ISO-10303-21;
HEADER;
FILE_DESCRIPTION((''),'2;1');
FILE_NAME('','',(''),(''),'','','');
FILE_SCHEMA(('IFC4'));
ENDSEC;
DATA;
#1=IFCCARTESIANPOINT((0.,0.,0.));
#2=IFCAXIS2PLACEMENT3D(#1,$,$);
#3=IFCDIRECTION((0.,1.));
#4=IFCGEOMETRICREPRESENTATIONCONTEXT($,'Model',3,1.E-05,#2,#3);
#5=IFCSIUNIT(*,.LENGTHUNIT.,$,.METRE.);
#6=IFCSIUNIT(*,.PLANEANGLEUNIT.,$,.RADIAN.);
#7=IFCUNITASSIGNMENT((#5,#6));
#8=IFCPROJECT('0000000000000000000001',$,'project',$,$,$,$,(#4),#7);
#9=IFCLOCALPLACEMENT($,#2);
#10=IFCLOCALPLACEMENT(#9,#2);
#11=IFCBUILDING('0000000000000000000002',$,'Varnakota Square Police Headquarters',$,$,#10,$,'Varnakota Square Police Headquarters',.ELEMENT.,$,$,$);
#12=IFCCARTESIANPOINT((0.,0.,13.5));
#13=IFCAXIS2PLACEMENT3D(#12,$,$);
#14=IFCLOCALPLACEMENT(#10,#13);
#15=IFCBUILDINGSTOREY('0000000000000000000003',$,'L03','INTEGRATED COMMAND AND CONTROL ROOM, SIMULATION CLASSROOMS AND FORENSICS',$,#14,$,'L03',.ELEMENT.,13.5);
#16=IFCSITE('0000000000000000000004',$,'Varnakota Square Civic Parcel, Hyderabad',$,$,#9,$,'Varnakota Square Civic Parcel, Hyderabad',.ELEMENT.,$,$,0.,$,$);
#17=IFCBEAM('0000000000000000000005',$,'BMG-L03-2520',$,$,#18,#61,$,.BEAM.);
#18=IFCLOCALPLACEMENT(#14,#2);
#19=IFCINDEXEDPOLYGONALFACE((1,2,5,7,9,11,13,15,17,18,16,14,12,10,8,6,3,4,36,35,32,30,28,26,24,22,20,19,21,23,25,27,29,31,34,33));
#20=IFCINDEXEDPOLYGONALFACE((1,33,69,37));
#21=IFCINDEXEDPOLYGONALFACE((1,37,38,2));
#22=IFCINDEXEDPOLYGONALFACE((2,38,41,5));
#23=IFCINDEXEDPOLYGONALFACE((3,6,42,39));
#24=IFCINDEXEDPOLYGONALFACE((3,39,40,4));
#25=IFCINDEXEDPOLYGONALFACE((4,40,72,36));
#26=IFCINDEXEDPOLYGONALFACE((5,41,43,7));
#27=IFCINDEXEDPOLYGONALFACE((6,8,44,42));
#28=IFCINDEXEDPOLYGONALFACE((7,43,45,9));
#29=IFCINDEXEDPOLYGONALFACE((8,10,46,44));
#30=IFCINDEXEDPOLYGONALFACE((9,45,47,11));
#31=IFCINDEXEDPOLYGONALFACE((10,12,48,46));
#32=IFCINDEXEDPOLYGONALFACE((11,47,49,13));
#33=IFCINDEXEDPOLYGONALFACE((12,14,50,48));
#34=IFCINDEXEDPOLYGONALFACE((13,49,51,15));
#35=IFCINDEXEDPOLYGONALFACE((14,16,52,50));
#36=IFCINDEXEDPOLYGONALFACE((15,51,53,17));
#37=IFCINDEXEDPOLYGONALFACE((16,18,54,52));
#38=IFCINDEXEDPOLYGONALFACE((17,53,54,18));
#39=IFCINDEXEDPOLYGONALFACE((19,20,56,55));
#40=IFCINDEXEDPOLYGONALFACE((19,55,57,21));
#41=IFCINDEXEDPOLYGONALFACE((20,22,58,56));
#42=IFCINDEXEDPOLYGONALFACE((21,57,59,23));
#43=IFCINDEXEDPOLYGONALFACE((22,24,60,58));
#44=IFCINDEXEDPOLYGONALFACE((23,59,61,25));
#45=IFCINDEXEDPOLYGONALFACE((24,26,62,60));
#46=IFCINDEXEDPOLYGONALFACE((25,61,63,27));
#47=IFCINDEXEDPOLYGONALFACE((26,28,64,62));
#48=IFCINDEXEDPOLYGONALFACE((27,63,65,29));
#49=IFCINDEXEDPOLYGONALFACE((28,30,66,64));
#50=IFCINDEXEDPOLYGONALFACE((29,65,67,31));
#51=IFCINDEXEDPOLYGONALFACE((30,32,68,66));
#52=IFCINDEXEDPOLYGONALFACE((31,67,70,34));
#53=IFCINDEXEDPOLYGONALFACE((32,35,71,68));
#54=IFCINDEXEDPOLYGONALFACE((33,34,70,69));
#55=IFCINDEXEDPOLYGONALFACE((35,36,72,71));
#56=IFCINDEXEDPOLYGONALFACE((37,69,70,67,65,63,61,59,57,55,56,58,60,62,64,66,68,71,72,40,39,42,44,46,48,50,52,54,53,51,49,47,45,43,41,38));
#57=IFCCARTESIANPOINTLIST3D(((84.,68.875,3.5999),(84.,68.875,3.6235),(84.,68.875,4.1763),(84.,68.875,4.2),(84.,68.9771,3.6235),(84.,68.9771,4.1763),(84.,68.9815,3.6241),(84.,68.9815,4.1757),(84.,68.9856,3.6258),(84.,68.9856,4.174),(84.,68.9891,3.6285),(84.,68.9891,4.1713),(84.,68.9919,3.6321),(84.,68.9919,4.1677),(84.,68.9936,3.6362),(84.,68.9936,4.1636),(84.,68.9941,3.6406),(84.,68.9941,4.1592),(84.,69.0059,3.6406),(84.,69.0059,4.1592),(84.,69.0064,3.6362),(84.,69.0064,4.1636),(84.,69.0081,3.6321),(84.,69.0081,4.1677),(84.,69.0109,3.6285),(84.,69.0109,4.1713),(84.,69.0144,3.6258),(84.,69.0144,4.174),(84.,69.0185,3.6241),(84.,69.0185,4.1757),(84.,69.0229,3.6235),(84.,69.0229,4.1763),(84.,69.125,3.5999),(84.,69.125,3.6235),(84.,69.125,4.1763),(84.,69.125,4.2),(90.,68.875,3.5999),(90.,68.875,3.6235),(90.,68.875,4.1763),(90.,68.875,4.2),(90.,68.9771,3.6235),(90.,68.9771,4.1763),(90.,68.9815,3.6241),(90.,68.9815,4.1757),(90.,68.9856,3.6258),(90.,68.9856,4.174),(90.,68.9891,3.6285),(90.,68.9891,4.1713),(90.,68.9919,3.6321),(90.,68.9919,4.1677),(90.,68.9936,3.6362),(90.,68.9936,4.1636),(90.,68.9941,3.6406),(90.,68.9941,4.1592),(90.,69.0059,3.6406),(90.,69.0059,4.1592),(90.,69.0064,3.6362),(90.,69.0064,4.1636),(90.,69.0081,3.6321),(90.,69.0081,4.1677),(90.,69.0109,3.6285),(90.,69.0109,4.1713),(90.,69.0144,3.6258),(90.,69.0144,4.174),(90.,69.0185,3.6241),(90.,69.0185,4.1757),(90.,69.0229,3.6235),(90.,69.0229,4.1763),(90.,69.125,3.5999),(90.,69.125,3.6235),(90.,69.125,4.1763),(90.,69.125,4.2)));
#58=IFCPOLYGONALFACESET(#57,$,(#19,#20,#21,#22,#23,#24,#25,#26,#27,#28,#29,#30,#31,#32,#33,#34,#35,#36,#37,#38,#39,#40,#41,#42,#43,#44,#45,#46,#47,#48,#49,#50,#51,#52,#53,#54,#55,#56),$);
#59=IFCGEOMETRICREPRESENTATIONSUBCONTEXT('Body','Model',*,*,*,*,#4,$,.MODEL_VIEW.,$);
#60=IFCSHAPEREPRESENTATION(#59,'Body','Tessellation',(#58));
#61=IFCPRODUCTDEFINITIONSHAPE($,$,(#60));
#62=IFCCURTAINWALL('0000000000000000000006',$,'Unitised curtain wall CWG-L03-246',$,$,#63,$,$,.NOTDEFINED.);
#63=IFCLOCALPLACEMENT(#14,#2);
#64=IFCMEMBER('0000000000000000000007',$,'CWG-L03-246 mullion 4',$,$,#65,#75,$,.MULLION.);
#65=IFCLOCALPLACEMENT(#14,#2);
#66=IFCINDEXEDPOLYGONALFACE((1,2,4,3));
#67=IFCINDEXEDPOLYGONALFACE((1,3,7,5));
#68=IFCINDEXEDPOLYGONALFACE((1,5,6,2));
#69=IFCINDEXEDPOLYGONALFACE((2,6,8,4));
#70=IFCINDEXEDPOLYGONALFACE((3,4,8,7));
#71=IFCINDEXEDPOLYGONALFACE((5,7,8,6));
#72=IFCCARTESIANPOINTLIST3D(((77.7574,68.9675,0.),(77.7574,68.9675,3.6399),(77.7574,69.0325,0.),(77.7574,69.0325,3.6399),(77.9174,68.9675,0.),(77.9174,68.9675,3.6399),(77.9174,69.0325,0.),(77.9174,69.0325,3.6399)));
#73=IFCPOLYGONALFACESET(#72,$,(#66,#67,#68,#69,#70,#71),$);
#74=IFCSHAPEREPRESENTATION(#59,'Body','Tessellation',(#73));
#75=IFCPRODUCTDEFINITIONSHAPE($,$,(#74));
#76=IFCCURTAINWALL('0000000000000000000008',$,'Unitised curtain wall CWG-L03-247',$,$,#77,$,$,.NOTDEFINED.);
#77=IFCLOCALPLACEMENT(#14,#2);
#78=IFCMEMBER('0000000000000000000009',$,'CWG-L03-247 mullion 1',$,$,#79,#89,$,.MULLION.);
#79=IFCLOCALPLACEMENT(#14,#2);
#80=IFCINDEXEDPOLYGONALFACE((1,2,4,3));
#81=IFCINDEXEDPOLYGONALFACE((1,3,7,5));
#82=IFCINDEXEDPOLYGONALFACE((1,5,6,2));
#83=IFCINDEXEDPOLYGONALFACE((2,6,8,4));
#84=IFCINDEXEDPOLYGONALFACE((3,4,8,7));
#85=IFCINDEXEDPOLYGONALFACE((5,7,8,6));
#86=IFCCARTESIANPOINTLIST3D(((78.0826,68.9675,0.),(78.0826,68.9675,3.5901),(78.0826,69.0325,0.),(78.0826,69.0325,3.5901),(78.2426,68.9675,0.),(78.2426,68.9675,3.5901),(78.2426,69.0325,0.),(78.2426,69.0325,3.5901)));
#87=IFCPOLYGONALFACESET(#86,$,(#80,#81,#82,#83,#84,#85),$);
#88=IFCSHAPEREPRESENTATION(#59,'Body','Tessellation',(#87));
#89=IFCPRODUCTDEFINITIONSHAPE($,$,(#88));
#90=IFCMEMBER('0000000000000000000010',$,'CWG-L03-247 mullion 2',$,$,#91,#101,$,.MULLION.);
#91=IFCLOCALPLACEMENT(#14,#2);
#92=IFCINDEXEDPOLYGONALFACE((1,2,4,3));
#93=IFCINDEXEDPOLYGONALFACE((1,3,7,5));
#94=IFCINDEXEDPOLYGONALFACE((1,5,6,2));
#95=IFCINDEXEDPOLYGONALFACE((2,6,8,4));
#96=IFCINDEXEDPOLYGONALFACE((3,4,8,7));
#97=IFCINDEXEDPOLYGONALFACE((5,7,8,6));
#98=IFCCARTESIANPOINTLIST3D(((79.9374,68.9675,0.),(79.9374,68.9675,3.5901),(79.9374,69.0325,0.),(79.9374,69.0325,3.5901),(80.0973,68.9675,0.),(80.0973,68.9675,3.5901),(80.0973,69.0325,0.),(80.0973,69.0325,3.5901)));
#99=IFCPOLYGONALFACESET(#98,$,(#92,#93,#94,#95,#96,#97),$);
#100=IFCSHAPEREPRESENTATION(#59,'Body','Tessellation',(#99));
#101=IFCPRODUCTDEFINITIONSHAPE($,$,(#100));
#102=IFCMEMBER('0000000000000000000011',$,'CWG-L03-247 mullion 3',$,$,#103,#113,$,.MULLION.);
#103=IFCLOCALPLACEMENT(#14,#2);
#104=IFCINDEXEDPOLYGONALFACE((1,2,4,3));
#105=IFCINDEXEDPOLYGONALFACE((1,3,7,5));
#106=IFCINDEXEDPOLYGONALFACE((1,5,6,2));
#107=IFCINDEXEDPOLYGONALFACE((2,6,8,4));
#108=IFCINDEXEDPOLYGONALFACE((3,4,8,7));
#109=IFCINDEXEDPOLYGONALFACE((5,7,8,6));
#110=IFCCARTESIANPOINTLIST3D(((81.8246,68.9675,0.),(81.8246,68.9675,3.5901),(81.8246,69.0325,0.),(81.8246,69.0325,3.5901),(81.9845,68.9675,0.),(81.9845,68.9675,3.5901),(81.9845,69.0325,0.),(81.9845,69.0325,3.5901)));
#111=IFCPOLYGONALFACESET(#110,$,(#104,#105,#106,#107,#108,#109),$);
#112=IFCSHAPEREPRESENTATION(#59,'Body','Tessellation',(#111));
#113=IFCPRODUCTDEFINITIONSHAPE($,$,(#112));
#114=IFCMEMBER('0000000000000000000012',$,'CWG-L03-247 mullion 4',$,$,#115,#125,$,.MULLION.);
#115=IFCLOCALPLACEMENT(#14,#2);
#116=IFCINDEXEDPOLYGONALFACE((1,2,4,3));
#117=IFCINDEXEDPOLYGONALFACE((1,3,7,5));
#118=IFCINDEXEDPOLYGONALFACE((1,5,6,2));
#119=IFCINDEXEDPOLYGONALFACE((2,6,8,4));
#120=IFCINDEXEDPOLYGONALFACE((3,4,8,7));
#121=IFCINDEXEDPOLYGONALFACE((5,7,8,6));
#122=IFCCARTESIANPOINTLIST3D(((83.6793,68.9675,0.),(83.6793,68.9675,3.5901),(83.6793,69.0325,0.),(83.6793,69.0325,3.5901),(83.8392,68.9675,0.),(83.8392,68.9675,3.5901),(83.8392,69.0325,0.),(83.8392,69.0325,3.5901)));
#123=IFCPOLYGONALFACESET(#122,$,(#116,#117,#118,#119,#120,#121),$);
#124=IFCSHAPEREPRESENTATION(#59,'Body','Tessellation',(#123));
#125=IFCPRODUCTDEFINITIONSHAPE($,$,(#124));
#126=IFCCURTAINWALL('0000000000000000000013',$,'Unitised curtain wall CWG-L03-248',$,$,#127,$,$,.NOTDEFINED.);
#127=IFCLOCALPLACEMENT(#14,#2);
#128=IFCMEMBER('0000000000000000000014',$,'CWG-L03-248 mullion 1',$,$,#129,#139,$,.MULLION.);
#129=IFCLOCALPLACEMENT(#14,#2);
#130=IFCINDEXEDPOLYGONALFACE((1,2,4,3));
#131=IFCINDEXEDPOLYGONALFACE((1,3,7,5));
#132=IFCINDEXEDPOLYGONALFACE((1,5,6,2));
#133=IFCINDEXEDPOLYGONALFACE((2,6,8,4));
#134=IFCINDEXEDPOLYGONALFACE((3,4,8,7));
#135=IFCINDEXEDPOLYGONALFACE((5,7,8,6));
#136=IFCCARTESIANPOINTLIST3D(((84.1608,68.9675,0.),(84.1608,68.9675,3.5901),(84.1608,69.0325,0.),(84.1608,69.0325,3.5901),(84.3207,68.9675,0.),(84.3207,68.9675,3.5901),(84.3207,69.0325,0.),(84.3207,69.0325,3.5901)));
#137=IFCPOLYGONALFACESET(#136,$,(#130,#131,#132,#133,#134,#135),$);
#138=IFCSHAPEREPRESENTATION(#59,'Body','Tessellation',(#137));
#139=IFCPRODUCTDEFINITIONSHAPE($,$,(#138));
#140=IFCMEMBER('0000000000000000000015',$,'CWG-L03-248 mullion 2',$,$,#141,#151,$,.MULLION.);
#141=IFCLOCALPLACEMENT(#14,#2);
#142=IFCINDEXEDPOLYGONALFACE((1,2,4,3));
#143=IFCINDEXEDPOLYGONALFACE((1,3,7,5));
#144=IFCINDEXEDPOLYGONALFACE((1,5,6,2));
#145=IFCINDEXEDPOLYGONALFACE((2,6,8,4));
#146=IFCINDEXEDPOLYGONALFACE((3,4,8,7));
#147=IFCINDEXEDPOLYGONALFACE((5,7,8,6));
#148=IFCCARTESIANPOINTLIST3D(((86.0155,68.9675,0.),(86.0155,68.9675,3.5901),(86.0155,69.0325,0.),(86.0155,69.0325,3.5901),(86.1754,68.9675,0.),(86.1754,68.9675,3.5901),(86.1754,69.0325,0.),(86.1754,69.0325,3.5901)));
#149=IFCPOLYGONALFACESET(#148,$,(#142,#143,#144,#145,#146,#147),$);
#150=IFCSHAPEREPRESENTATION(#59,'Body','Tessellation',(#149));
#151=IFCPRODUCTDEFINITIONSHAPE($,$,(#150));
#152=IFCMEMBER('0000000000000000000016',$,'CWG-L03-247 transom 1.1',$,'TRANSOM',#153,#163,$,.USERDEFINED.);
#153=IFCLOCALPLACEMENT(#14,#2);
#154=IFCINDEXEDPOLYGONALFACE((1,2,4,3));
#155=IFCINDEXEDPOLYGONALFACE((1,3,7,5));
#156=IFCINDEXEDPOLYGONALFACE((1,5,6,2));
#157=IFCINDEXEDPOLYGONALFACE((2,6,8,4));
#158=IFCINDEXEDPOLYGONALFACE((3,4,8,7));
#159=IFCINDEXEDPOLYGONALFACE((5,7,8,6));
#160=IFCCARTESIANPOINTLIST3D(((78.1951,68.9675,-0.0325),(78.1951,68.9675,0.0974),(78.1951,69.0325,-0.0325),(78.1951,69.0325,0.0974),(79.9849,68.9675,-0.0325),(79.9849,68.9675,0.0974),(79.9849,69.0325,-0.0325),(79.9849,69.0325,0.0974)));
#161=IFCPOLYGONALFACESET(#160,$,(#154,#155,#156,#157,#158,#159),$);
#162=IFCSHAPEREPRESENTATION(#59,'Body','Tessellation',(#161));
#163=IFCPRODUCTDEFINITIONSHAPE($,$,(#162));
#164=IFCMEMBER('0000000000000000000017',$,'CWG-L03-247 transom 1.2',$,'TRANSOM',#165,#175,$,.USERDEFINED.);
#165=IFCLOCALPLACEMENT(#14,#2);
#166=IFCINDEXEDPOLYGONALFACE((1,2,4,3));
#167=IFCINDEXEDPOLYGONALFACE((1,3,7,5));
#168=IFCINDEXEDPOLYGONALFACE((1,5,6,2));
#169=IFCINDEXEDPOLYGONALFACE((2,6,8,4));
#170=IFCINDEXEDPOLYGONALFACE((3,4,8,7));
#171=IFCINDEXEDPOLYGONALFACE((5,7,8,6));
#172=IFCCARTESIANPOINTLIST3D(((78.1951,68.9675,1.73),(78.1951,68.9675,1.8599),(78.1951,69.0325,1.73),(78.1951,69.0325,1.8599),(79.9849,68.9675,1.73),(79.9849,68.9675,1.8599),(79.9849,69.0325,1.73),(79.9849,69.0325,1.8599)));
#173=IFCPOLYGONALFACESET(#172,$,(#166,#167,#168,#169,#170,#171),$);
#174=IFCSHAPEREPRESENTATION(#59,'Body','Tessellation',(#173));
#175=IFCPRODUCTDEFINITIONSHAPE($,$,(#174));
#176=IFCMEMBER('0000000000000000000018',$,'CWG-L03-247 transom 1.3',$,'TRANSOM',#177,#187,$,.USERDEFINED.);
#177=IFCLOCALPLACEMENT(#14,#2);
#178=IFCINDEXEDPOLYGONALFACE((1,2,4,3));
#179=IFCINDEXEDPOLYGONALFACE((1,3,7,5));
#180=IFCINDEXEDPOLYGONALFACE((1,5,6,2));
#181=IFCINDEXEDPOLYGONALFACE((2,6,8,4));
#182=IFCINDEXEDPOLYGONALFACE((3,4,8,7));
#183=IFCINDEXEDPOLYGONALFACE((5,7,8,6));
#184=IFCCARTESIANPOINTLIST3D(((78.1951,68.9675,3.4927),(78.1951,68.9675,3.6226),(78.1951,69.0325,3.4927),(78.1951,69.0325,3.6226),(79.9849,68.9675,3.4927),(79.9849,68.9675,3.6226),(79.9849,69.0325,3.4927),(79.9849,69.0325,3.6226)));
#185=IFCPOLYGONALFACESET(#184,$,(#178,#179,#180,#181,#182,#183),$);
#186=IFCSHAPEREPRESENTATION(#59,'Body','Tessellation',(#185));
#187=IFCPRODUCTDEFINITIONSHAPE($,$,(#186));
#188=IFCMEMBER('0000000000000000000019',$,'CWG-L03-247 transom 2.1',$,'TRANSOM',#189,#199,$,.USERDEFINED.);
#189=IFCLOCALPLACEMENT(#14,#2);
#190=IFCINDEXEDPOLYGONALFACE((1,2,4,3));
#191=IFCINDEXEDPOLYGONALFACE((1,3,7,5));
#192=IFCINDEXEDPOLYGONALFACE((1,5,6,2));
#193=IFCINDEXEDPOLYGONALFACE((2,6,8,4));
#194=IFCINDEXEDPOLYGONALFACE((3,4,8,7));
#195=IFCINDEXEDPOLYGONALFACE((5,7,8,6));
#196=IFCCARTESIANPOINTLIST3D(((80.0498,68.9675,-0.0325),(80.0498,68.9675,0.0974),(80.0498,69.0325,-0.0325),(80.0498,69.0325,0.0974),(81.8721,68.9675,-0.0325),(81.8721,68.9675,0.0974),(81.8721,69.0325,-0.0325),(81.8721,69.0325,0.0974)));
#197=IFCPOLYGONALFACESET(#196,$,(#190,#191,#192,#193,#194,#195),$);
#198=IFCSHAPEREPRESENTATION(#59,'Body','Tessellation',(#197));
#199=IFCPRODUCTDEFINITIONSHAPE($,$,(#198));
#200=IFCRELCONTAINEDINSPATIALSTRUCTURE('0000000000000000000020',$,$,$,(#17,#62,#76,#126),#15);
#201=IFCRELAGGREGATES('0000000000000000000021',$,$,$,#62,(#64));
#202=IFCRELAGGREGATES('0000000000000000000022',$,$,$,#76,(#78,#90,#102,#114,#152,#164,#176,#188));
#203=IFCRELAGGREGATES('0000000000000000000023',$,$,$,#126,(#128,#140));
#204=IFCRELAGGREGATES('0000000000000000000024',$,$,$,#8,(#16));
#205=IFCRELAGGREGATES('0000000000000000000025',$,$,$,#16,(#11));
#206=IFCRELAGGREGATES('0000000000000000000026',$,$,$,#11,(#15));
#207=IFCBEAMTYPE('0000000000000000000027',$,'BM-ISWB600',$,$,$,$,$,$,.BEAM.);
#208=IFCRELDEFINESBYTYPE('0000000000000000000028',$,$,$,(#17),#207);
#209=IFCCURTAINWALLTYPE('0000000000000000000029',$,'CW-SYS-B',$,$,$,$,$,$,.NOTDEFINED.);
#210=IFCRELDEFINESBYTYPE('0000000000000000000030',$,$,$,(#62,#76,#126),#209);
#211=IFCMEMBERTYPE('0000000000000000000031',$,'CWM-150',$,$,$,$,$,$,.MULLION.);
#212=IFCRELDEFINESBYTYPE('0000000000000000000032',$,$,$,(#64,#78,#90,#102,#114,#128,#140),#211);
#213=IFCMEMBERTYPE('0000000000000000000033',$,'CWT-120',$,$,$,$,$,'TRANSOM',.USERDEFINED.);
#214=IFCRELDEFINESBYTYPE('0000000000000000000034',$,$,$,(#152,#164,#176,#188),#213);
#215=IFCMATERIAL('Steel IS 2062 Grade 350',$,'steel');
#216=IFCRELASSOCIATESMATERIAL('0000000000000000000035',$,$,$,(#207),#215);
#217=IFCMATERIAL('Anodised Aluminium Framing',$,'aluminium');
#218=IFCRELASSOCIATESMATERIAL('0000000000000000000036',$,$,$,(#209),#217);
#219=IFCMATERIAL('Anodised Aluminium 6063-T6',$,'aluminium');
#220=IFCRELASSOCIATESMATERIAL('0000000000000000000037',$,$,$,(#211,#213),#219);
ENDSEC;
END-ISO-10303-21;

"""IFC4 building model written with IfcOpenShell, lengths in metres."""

from ifc_helpers import new_model, si_unit, direction, frame, origin, origin_2d, place, context, subcontext, project, spatial, rectangle, i_section, extrude, material, material_profile, profile_set, type_object, element, aggregate, save


model = new_model("IFC4")

# Units and contexts
model_context = context("Model", 3, precision=1e-05, world=origin(), true_north=direction((0.0, 1.0)))
body_context = subcontext(model_context, "Body", "Model", "MODEL_VIEW")
ifc_project = project(units=[si_unit("LENGTHUNIT", "METRE"), si_unit("PLANEANGLEUNIT", "RADIAN")], contexts=[model_context])

# Site, building, storey
site_placement = place(None, origin())
site = spatial("IfcSite", under=ifc_project, at=site_placement, Name="Varnakota Square Civic Parcel, Hyderabad", LongName="Varnakota Square Civic Parcel, Hyderabad", CompositionType="ELEMENT", RefElevation=0.0)
building_placement = place(site_placement, origin())
building = spatial("IfcBuilding", under=site, at=building_placement, Name="Varnakota Square Police Headquarters", LongName="Varnakota Square Police Headquarters", CompositionType="ELEMENT")
storey_placement = place(building_placement, frame((0.0, 0.0, 13.5)))
storey = spatial("IfcBuildingStorey", under=building, at=storey_placement, Name="L03", Description="INTEGRATED COMMAND AND CONTROL ROOM, SIMULATION CLASSROOMS AND FORENSICS", LongName="L03", CompositionType="ELEMENT", Elevation=13.5)

# Shared definitions
ifc_material_1 = material(Name="Steel IS 2062 Grade 350", Category="steel")

# Beam
ifc_material_profile_1 = material_profile(ifc_material_1, i_section(OverallWidth=0.25, OverallDepth=0.6001, WebThickness=0.0117, FlangeThickness=0.0237, FilletRadius=0.0171, at=origin_2d()), Name="ISWB 600")
ifc_profile_set_1 = profile_set([ifc_material_profile_1], Name="Steel IS 2062 Grade 350")
beam_type_1 = type_object("IfcBeamType", Name="BM-ISWB600", PredefinedType="BEAM", material=ifc_profile_set_1)
beam_1_placement = place(storey_placement, frame((84.0, 69.0, 3.8999), z_axis=(1.0, 0.0, 0.0), x_axis=(0.0, 1.0, 0.0)))
element("IfcBeam", 1, at=beam_1_placement, inside=storey, type_object=beam_type_1, Name="BMG-L03-2520", PredefinedType="BEAM", context=body_context, shape_type="SweptSolid", body=[
    extrude(i_section(OverallWidth=0.25, OverallDepth=0.6001, WebThickness=0.0117, FlangeThickness=0.0237, FilletRadius=0.0171, at=origin_2d()), origin(), (0.0, 0.0, 1.0), 6.0),
])

# Curtain wall, member
ifc_material_2 = material(Name="Anodised Aluminium Framing", Category="aluminium")
curtain_wall_type = type_object("IfcCurtainWallType", Name="CW-SYS-B", PredefinedType="NOTDEFINED", material=ifc_material_2)
curtain_wall_1_placement = place(storey_placement, origin())
curtain_wall_1 = element("IfcCurtainWall", 2, at=curtain_wall_1_placement, inside=storey, type_object=curtain_wall_type, Name="Unitised curtain wall CWG-L03-246", PredefinedType="NOTDEFINED")
ifc_material_3 = material(Name="Anodised Aluminium 6063-T6", Category="aluminium")
ifc_material_profile_2 = material_profile(ifc_material_3, rectangle(XDim=0.0649, YDim=0.1599, at=origin_2d()), Name="ALU MULLION 65x160")
ifc_profile_set_2 = profile_set([ifc_material_profile_2], Name="Anodised Aluminium 6063-T6")
member_type_1 = type_object("IfcMemberType", Name="CWM-150", PredefinedType="MULLION", material=ifc_profile_set_2)
member_1_placement = place(storey_placement, frame((77.8374, 69.0, 0.0), z_axis=(0.0, 0.0, 1.0), x_axis=(0.0, 1.0, 0.0)))
member_1 = element("IfcMember", 3, at=member_1_placement, type_object=member_type_1, Name="CWG-L03-246 mullion 4", PredefinedType="MULLION", context=body_context, shape_type="SweptSolid", body=[
    extrude(rectangle(XDim=0.0649, YDim=0.1599, at=origin_2d()), origin(), (0.0, 0.0, 1.0), 3.6399),
])
aggregate(curtain_wall_1, [member_1])

# Curtain walls, members
curtain_wall_2_placement = place(storey_placement, origin())
curtain_wall_2 = element("IfcCurtainWall", 4, at=curtain_wall_2_placement, inside=storey, type_object=curtain_wall_type, Name="Unitised curtain wall CWG-L03-247", PredefinedType="NOTDEFINED")
member_2_placement = place(storey_placement, frame((78.1626, 69.0, 0.0), z_axis=(0.0, 0.0, 1.0), x_axis=(0.0, 1.0, 0.0)))
member_2 = element("IfcMember", 5, at=member_2_placement, type_object=member_type_1, Name="CWG-L03-247 mullion 1", PredefinedType="MULLION", context=body_context, shape_type="SweptSolid", body=[
    extrude(rectangle(XDim=0.0649, YDim=0.1599, at=origin_2d()), origin(), (0.0, 0.0, 1.0), 3.5901),
])
member_3_placement = place(storey_placement, frame((80.0173, 69.0, 0.0), z_axis=(0.0, 0.0, 1.0), x_axis=(0.0, 1.0, 0.0)))
member_3 = element("IfcMember", 6, at=member_3_placement, type_object=member_type_1, Name="CWG-L03-247 mullion 2", PredefinedType="MULLION", context=body_context, shape_type="SweptSolid", body=[
    extrude(rectangle(XDim=0.0649, YDim=0.1599, at=origin_2d()), origin(), (0.0, 0.0, 1.0), 3.5901),
])
member_4_placement = place(storey_placement, frame((81.9045, 69.0, 0.0), z_axis=(0.0, 0.0, 1.0), x_axis=(0.0, 1.0, 0.0)))
member_4 = element("IfcMember", 7, at=member_4_placement, type_object=member_type_1, Name="CWG-L03-247 mullion 3", PredefinedType="MULLION", context=body_context, shape_type="SweptSolid", body=[
    extrude(rectangle(XDim=0.0649, YDim=0.1599, at=origin_2d()), origin(), (0.0, 0.0, 1.0), 3.5901),
])
member_5_placement = place(storey_placement, frame((83.7593, 69.0, 0.0), z_axis=(0.0, 0.0, 1.0), x_axis=(0.0, 1.0, 0.0)))
member_5 = element("IfcMember", 8, at=member_5_placement, type_object=member_type_1, Name="CWG-L03-247 mullion 4", PredefinedType="MULLION", context=body_context, shape_type="SweptSolid", body=[
    extrude(rectangle(XDim=0.0649, YDim=0.1599, at=origin_2d()), origin(), (0.0, 0.0, 1.0), 3.5901),
])
curtain_wall_3_placement = place(storey_placement, origin())
curtain_wall_3 = element("IfcCurtainWall", 9, at=curtain_wall_3_placement, inside=storey, type_object=curtain_wall_type, Name="Unitised curtain wall CWG-L03-248", PredefinedType="NOTDEFINED")
member_6_placement = place(storey_placement, frame((84.2407, 69.0, 0.0), z_axis=(0.0, 0.0, 1.0), x_axis=(0.0, 1.0, 0.0)))
member_6 = element("IfcMember", 10, at=member_6_placement, type_object=member_type_1, Name="CWG-L03-248 mullion 1", PredefinedType="MULLION", context=body_context, shape_type="SweptSolid", body=[
    extrude(rectangle(XDim=0.0649, YDim=0.1599, at=origin_2d()), origin(), (0.0, 0.0, 1.0), 3.5901),
])
member_7_placement = place(storey_placement, frame((86.0955, 69.0, 0.0), z_axis=(0.0, 0.0, 1.0), x_axis=(0.0, 1.0, 0.0)))
member_7 = element("IfcMember", 11, at=member_7_placement, type_object=member_type_1, Name="CWG-L03-248 mullion 2", PredefinedType="MULLION", context=body_context, shape_type="SweptSolid", body=[
    extrude(rectangle(XDim=0.0649, YDim=0.1599, at=origin_2d()), origin(), (0.0, 0.0, 1.0), 3.5901),
])

# Members
ifc_material_profile_3 = material_profile(ifc_material_3, rectangle(XDim=0.0649, YDim=0.1299, at=origin_2d()), Name="ALU TRANSOM 65x130")
ifc_profile_set_3 = profile_set([ifc_material_profile_3], Name="Anodised Aluminium 6063-T6")
member_type_2 = type_object("IfcMemberType", Name="CWT-120", ElementType="TRANSOM", PredefinedType="USERDEFINED", material=ifc_profile_set_3)
member_8_placement = place(storey_placement, frame((78.1951, 69.0, 0.0325), z_axis=(1.0, 0.0, 0.0), x_axis=(0.0, 1.0, 0.0)))
member_8 = element("IfcMember", 12, at=member_8_placement, type_object=member_type_2, Name="CWG-L03-247 transom 1.1", ObjectType="TRANSOM", PredefinedType="USERDEFINED", context=body_context, shape_type="SweptSolid", body=[
    extrude(rectangle(XDim=0.0649, YDim=0.1299, at=origin_2d()), origin(), (0.0, 0.0, 1.0), 1.7898),
])
member_9_placement = place(storey_placement, frame((78.1951, 69.0, 1.7949), z_axis=(1.0, 0.0, 0.0), x_axis=(0.0, 1.0, 0.0)))
member_9 = element("IfcMember", 13, at=member_9_placement, type_object=member_type_2, Name="CWG-L03-247 transom 1.2", ObjectType="TRANSOM", PredefinedType="USERDEFINED", context=body_context, shape_type="SweptSolid", body=[
    extrude(rectangle(XDim=0.0649, YDim=0.1299, at=origin_2d()), origin(), (0.0, 0.0, 1.0), 1.7898),
])
member_10_placement = place(storey_placement, frame((78.1951, 69.0, 3.5576), z_axis=(1.0, 0.0, 0.0), x_axis=(0.0, 1.0, 0.0)))
member_10 = element("IfcMember", 14, at=member_10_placement, type_object=member_type_2, Name="CWG-L03-247 transom 1.3", ObjectType="TRANSOM", PredefinedType="USERDEFINED", context=body_context, shape_type="SweptSolid", body=[
    extrude(rectangle(XDim=0.0649, YDim=0.1299, at=origin_2d()), origin(), (0.0, 0.0, 1.0), 1.7898),
])
member_11_placement = place(storey_placement, frame((80.0498, 69.0, 0.0325), z_axis=(1.0, 0.0, 0.0), x_axis=(0.0, 1.0, 0.0)))
member_11 = element("IfcMember", 15, at=member_11_placement, type_object=member_type_2, Name="CWG-L03-247 transom 2.1", ObjectType="TRANSOM", PredefinedType="USERDEFINED", context=body_context, shape_type="SweptSolid", body=[
    extrude(rectangle(XDim=0.0649, YDim=0.1299, at=origin_2d()), origin(), (0.0, 0.0, 1.0), 1.8223),
])

aggregate(curtain_wall_2, [member_2, member_3, member_4, member_5, member_8, member_9, member_10, member_11])
aggregate(curtain_wall_3, [member_6, member_7])

save(model, "model.ifc")
